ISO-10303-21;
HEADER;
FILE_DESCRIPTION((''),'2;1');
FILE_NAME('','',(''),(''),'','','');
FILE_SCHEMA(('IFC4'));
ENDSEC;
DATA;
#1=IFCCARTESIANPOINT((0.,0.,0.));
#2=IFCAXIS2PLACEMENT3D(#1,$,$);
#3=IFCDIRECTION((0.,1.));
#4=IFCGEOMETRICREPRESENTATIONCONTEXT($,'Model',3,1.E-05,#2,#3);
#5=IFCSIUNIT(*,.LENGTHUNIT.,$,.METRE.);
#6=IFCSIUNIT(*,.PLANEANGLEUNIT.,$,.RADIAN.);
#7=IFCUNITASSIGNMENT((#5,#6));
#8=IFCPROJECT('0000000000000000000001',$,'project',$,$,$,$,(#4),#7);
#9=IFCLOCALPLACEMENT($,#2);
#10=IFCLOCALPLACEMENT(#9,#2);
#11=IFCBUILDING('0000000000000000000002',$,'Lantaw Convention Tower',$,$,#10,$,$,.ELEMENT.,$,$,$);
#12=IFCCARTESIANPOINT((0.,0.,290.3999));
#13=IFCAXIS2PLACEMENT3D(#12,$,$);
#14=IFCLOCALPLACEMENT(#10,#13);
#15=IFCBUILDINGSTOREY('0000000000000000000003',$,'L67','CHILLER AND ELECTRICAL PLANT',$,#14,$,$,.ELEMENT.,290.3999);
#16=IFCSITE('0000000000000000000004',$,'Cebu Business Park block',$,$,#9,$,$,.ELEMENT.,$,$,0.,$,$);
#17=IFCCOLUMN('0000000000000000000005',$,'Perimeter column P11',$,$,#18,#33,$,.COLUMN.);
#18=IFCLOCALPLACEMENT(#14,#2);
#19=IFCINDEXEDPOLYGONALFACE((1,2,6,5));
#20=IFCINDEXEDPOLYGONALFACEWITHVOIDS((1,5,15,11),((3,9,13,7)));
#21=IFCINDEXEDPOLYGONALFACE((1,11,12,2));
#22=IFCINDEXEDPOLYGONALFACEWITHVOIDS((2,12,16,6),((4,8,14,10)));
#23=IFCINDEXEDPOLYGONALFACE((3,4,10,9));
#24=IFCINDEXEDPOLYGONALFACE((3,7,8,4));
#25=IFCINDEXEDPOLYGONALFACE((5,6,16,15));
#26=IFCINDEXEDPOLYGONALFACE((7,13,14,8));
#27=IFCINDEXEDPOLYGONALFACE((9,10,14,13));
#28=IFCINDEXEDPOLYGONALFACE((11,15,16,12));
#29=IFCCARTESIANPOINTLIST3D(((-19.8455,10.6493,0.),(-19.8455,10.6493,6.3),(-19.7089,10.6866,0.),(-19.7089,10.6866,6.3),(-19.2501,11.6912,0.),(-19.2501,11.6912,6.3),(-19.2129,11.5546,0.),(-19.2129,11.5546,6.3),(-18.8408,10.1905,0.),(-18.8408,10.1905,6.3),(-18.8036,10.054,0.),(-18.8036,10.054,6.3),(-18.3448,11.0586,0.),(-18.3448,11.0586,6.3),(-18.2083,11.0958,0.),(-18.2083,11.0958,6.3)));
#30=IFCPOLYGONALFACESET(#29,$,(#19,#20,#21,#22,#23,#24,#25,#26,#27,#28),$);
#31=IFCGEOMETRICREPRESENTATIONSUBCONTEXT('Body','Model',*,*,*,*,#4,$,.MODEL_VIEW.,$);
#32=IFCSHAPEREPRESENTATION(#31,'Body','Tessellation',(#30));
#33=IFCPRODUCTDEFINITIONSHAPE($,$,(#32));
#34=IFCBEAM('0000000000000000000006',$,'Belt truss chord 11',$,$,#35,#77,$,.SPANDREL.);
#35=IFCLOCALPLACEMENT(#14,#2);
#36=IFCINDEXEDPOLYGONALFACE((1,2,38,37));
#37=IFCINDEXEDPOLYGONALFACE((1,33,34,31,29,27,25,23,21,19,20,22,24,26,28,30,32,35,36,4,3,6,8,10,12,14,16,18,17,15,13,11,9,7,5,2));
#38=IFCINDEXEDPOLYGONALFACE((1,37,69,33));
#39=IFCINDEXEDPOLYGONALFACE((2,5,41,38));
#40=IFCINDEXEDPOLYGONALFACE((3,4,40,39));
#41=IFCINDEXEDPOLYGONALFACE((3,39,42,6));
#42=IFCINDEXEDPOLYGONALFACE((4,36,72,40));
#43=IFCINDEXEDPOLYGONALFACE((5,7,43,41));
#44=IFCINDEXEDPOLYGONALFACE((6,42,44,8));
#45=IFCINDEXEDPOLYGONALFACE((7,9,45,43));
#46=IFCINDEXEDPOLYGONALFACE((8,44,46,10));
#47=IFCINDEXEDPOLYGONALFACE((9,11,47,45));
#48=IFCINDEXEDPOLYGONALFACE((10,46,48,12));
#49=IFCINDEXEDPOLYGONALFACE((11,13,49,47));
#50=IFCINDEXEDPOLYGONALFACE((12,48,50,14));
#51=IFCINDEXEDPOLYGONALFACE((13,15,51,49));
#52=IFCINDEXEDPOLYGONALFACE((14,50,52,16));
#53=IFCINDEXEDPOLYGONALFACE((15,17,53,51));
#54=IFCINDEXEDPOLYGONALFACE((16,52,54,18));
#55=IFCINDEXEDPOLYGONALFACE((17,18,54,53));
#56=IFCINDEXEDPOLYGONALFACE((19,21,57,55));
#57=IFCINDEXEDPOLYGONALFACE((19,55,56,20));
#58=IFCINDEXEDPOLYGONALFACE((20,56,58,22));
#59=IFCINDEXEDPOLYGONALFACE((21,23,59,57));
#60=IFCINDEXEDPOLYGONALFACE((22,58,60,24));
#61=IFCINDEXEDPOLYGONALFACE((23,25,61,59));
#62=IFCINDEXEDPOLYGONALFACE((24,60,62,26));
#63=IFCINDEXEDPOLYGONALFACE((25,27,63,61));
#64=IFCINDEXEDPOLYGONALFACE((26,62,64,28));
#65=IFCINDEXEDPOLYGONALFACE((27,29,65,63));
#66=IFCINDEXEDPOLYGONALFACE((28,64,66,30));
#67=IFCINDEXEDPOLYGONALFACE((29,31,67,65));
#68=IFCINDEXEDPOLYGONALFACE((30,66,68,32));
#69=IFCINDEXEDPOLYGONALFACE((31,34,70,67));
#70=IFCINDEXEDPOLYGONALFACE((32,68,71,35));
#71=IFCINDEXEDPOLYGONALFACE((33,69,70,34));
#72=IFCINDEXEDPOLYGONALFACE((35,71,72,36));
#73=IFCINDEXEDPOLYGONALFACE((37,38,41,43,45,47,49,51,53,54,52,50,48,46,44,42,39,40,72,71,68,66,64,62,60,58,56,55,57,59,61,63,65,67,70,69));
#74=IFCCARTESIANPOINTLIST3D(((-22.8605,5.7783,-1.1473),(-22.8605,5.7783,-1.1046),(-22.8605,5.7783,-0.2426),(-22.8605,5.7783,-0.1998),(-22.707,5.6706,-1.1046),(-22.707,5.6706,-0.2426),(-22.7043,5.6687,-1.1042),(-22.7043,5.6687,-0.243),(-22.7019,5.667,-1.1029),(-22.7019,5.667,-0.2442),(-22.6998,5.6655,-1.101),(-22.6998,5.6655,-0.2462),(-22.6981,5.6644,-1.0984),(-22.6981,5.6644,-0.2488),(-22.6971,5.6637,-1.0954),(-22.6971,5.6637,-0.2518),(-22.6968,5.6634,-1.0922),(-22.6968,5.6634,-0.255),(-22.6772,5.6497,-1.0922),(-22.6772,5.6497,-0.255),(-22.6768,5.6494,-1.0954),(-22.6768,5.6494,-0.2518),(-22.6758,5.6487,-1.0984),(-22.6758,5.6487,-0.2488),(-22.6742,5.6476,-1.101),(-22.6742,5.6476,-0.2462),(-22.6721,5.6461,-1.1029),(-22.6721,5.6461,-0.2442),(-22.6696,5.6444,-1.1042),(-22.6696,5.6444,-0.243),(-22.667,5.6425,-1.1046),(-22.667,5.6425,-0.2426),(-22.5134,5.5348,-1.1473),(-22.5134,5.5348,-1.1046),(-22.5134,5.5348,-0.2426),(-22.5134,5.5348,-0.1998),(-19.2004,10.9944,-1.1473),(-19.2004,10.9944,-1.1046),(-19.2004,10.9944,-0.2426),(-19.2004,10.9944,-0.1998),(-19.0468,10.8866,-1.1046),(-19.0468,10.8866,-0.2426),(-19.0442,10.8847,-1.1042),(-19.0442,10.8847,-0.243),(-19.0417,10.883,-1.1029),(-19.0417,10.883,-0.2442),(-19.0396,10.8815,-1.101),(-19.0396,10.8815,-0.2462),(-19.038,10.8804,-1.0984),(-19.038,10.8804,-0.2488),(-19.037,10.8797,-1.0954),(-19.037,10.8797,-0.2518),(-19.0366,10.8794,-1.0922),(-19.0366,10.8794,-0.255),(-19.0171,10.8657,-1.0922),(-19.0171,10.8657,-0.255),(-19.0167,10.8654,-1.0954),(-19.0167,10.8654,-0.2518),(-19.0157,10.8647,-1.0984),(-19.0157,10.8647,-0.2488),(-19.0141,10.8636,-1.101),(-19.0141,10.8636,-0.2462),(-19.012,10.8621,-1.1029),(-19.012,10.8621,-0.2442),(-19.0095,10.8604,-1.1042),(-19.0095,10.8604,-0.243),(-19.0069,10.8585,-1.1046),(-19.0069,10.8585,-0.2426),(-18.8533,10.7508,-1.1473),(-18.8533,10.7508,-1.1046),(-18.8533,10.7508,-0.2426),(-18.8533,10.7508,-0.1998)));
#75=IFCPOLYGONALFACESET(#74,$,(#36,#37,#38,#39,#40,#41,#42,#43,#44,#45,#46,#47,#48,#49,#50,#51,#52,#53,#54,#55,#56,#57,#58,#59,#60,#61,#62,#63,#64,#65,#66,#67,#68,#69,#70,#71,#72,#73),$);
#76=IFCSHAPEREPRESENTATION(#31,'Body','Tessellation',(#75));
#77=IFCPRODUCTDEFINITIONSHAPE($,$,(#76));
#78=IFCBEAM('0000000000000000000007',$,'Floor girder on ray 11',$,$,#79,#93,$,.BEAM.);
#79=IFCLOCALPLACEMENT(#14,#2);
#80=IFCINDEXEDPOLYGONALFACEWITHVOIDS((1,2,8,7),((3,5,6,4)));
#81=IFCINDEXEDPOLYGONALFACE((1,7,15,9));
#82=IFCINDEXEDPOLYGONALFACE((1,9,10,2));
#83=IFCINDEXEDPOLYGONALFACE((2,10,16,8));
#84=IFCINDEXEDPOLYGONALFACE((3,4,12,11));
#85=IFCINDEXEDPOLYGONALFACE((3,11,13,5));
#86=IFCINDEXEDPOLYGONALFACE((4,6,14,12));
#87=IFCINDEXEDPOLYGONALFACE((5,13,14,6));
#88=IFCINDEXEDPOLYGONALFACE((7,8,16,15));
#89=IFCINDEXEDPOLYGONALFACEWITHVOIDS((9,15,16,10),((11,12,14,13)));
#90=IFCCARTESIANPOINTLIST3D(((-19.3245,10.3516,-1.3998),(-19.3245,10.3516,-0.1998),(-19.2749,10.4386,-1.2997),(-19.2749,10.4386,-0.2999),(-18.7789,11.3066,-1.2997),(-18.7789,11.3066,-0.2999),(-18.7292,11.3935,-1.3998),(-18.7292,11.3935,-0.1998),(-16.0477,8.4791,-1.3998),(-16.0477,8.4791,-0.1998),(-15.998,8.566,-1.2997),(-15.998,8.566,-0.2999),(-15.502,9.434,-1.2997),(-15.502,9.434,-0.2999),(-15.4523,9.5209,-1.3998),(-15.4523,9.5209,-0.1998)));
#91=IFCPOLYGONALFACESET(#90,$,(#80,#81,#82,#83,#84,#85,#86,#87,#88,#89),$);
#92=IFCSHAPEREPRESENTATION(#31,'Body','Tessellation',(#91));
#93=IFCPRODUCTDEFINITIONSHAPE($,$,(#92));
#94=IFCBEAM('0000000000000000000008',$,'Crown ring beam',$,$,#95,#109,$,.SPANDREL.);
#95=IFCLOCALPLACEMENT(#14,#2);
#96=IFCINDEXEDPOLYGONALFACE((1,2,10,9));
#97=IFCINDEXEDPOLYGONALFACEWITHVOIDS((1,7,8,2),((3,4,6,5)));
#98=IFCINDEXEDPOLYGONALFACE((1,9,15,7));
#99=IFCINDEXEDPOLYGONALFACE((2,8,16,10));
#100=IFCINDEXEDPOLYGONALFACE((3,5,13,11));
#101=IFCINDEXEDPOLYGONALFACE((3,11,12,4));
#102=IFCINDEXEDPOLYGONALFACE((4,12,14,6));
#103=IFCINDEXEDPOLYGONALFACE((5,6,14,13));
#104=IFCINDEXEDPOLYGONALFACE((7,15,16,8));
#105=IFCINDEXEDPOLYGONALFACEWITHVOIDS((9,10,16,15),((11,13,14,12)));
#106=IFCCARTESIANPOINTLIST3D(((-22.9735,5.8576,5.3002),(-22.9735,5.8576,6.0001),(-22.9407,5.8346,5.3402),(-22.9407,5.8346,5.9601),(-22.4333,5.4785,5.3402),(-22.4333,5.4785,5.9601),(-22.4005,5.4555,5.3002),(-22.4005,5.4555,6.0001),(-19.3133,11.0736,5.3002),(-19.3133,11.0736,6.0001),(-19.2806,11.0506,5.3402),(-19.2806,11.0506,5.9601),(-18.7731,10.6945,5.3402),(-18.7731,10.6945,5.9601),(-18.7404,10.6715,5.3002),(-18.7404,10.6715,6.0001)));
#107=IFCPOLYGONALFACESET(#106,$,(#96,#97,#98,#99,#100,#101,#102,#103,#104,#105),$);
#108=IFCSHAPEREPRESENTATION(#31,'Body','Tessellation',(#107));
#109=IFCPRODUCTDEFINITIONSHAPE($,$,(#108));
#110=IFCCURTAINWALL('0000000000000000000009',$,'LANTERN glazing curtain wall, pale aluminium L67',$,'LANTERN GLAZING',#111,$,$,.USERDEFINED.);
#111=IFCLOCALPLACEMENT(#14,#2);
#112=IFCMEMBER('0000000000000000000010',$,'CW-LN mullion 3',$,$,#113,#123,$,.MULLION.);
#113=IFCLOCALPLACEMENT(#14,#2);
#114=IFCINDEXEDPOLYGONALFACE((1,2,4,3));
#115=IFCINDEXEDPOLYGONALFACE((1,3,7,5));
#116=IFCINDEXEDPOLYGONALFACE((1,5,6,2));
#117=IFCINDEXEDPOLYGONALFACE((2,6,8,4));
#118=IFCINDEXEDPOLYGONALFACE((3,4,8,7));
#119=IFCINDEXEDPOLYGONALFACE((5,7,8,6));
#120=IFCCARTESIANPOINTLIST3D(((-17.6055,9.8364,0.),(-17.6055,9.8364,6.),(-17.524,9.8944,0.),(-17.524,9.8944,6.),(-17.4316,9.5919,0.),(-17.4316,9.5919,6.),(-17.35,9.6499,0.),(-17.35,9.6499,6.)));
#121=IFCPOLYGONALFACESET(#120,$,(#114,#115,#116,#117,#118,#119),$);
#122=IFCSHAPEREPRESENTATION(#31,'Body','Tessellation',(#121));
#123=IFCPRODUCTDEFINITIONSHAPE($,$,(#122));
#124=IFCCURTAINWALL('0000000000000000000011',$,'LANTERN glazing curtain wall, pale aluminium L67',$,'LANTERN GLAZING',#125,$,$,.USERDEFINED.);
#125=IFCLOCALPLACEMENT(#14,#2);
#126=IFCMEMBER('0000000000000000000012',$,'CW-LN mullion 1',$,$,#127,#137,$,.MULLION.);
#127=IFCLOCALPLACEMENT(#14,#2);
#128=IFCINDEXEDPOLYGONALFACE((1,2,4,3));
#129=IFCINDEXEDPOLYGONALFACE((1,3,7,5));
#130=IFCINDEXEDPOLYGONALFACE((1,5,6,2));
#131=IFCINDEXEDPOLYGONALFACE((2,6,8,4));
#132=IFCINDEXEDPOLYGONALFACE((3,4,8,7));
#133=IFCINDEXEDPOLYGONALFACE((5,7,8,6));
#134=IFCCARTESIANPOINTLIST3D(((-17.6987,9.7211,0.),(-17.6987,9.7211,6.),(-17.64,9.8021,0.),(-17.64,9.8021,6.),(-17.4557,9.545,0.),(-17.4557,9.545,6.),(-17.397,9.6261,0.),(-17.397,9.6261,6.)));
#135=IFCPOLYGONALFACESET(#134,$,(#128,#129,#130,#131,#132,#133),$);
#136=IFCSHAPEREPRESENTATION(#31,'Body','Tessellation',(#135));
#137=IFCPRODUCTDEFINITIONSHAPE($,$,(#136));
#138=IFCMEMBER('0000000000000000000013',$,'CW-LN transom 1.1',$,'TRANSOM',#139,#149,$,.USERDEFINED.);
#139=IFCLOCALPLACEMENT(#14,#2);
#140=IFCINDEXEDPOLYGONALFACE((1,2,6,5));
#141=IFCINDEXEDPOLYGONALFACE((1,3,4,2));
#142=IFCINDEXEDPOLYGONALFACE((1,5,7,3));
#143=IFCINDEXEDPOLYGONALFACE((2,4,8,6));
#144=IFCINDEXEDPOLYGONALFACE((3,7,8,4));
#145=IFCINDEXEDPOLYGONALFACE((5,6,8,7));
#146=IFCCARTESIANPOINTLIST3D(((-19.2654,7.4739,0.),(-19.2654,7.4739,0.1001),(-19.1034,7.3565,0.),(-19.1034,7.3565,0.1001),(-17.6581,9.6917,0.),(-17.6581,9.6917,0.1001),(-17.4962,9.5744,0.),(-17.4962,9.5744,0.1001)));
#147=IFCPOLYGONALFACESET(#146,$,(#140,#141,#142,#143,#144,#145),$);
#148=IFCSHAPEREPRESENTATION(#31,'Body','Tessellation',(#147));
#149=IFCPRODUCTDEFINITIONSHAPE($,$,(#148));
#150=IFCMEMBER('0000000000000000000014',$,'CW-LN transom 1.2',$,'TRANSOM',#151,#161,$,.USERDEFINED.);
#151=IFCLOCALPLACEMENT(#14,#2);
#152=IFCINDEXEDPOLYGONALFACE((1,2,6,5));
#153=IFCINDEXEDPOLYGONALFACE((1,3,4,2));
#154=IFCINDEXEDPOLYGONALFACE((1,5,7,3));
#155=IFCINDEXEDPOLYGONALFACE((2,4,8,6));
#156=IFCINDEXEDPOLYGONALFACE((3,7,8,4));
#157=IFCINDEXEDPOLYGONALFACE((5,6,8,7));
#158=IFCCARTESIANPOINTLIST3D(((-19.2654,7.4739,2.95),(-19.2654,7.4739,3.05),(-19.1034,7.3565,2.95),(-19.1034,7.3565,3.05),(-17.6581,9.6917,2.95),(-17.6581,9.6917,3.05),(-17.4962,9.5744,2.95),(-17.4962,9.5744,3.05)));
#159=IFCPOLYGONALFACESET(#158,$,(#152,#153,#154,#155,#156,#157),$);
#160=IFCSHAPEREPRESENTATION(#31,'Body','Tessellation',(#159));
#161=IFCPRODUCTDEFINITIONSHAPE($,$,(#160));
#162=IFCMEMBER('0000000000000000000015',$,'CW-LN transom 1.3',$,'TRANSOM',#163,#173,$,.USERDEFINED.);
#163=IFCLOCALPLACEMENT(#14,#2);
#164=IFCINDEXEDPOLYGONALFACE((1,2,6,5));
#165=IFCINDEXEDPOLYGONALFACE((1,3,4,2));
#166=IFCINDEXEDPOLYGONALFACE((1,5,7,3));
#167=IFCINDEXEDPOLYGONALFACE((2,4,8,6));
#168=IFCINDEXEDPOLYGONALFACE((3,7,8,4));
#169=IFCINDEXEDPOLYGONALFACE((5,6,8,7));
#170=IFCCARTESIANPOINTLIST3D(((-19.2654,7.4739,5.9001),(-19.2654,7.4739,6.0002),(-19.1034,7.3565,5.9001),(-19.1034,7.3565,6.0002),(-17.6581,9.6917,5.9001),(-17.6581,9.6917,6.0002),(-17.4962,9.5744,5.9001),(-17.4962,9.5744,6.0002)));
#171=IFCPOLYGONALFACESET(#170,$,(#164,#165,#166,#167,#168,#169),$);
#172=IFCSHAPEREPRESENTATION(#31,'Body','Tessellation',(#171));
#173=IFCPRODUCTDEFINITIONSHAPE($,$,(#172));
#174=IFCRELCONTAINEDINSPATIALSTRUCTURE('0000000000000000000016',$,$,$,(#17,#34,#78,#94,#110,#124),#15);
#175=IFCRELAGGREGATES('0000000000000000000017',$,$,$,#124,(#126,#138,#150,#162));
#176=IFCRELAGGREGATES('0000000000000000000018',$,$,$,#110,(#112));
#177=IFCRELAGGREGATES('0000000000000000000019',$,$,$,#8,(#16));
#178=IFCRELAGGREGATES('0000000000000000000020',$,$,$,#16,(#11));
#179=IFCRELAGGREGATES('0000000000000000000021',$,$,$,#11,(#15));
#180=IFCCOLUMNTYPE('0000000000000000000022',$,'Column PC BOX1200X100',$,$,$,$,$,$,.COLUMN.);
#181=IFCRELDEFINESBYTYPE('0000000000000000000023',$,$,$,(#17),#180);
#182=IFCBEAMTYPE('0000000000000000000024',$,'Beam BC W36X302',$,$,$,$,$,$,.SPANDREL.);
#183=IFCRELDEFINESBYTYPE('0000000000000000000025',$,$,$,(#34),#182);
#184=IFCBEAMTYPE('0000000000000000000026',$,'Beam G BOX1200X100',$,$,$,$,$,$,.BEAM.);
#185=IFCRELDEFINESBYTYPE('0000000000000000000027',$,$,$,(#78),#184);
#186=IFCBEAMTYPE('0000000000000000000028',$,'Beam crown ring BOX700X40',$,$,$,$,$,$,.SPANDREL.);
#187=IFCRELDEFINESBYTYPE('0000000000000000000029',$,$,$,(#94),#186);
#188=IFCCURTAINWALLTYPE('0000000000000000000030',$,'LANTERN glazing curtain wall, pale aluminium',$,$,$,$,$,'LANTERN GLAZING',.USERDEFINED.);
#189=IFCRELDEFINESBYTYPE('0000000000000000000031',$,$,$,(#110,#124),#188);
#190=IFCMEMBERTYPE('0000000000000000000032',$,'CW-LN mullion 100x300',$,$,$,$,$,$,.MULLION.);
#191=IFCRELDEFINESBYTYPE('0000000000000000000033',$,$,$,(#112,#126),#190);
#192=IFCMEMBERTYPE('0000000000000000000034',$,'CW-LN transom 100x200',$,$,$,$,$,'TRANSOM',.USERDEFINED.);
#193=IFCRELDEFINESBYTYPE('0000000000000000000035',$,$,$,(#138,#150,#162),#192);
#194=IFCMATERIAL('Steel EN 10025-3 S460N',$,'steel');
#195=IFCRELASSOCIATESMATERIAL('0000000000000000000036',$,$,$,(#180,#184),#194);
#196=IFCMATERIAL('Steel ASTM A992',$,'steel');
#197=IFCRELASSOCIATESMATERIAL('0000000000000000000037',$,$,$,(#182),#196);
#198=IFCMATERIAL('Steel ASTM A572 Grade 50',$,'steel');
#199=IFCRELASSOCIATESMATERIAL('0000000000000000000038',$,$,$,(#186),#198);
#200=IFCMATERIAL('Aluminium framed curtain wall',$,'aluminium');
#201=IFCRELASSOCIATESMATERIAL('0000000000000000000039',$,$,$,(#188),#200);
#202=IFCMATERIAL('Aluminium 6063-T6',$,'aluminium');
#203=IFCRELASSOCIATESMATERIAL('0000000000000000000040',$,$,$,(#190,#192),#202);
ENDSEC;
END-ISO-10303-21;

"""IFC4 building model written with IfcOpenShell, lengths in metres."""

from ifc_helpers import new_model, si_unit, direction, frame, origin, origin_2d, place, context, subcontext, project, spatial, rectangle, hollow_rectangle, i_section, extrude, material, material_profile, profile_set, type_object, element, aggregate, save


model = new_model("IFC4")

# Units and contexts
model_context = context("Model", 3, precision=1e-05, world=origin(), true_north=direction((0.0, 1.0)))
body_context = subcontext(model_context, "Body", "Model", "MODEL_VIEW")
ifc_project = project(units=[si_unit("LENGTHUNIT", "METRE"), si_unit("PLANEANGLEUNIT", "RADIAN")], contexts=[model_context])

# Site, building, storey
site_placement = place(None, origin())
site = spatial("IfcSite", under=ifc_project, at=site_placement, Name="Cebu Business Park block", CompositionType="ELEMENT", RefElevation=0.0)
building_placement = place(site_placement, origin())
building = spatial("IfcBuilding", under=site, at=building_placement, Name="Lantaw Convention Tower", CompositionType="ELEMENT")
storey_placement = place(building_placement, frame((0.0, 0.0, 290.3999)))
storey = spatial("IfcBuildingStorey", under=building, at=storey_placement, Name="L67", Description="CHILLER AND ELECTRICAL PLANT", CompositionType="ELEMENT", Elevation=290.3999)

# Column
ifc_material_1 = material(Name="Steel EN 10025-3 S460N", Category="steel")
ifc_material_profile_1 = material_profile(ifc_material_1, hollow_rectangle(XDim=1.2, YDim=1.2, WallThickness=0.1001, at=origin_2d()), Name="BOX1200X100")
ifc_material_2 = material(Name="Concrete C60/75", Category="concrete")
ifc_material_profile_2 = material_profile(ifc_material_2, rectangle(XDim=1.0, YDim=1.0, at=origin_2d()), Name="Concrete fill of BOX1200X100")
ifc_profile_set_1 = profile_set([ifc_material_profile_1, ifc_material_profile_2], Name="Steel EN 10025-3 S460N")
column_type = type_object("IfcColumnType", Name="Column PC BOX1200X100", PredefinedType="COLUMN", material=ifc_profile_set_1)
column_placement = place(storey_placement, frame((-19.0269, 10.8726, 0.0), z_axis=(0.0, 0.0, 1.0), x_axis=(0.496139, 0.868243, 0.0)))
element("IfcColumn", 1, at=column_placement, inside=storey, type_object=column_type, Name="Perimeter column P11", PredefinedType="COLUMN", context=body_context, shape_type="SweptSolid", body=[
    extrude(hollow_rectangle(XDim=1.2, YDim=1.2, WallThickness=0.1001, at=origin_2d()), origin(), (0.0, 0.0, 1.0), 6.3),
])

# Beams
ifc_material_3 = material(Name="Steel ASTM A992", Category="steel")
ifc_material_profile_3 = material_profile(ifc_material_3, i_section(OverallWidth=0.4241, OverallDepth=0.9475, WebThickness=0.0239, FlangeThickness=0.0427, FilletRadius=0.0125, at=origin_2d()), Name="W36X302")
ifc_profile_set_2 = profile_set([ifc_material_profile_3], Name="Steel ASTM A992")
beam_type_1 = type_object("IfcBeamType", Name="Beam BC W36X302", PredefinedType="SPANDREL", material=ifc_profile_set_2)
beam_1_placement = place(storey_placement, frame((-19.0269, 10.8726, -0.6736), z_axis=(-0.574401, -0.818574, 0.0), x_axis=(0.818574, -0.574401, 0.0)))
element("IfcBeam", 2, at=beam_1_placement, inside=storey, type_object=beam_type_1, Name="Belt truss chord 11", PredefinedType="SPANDREL", context=body_context, shape_type="SweptSolid", body=[
    extrude(i_section(OverallWidth=0.4241, OverallDepth=0.9475, WebThickness=0.0239, FlangeThickness=0.0427, FilletRadius=0.0125, at=origin_2d()), origin(), (0.0, 0.0, 1.0), 6.3721),
])
ifc_material_profile_4 = material_profile(ifc_material_1, hollow_rectangle(XDim=1.2, YDim=1.2, WallThickness=0.1001, at=origin_2d()), Name="BOX1200X100")
ifc_profile_set_3 = profile_set([ifc_material_profile_4], Name="Steel EN 10025-3 S460N")
beam_type_2 = type_object("IfcBeamType", Name="Beam G BOX1200X100", PredefinedType="BEAM", material=ifc_profile_set_3)
beam_2_placement = place(storey_placement, frame((-15.75, 9.0, -0.7998), z_axis=(-0.868235, 0.496153, 0.0), x_axis=(-0.496153, -0.868235, 0.0)))
element("IfcBeam", 3, at=beam_2_placement, inside=storey, type_object=beam_type_2, Name="Floor girder on ray 11", PredefinedType="BEAM", context=body_context, shape_type="SweptSolid", body=[
    extrude(hollow_rectangle(XDim=1.2, YDim=1.2, WallThickness=0.1001, at=origin_2d()), origin(), (0.0, 0.0, 1.0), 3.7742),
])
ifc_material_4 = material(Name="Steel ASTM A572 Grade 50", Category="steel")
ifc_material_profile_5 = material_profile(ifc_material_4, hollow_rectangle(XDim=0.7, YDim=0.7, WallThickness=0.04, at=origin_2d()), Name="BOX700X40")
ifc_profile_set_4 = profile_set([ifc_material_profile_5], Name="Steel ASTM A572 Grade 50")
beam_type_3 = type_object("IfcBeamType", Name="Beam crown ring BOX700X40", PredefinedType="SPANDREL", material=ifc_profile_set_4)
beam_3_placement = place(storey_placement, frame((-19.0269, 10.8726, 5.6501), z_axis=(-0.574401, -0.818574, 0.0), x_axis=(0.818574, -0.574401, 0.0)))
element("IfcBeam", 4, at=beam_3_placement, inside=storey, type_object=beam_type_3, Name="Crown ring beam", PredefinedType="SPANDREL", context=body_context, shape_type="SweptSolid", body=[
    extrude(hollow_rectangle(XDim=0.7, YDim=0.7, WallThickness=0.04, at=origin_2d()), origin(), (0.0, 0.0, 1.0), 6.3721),
])

# Curtain wall, member
ifc_material_5 = material(Name="Aluminium framed curtain wall", Category="aluminium")
curtain_wall_type_1 = type_object("IfcCurtainWallType", Name="LANTERN glazing curtain wall, pale aluminium", ElementType="LANTERN GLAZING", PredefinedType="USERDEFINED", material=ifc_material_5)
curtain_wall_1_placement = place(storey_placement, origin())
curtain_wall_1 = element("IfcCurtainWall", 5, at=curtain_wall_1_placement, inside=storey, type_object=curtain_wall_type_1, Name="LANTERN glazing curtain wall, pale aluminium L67", ObjectType="LANTERN GLAZING", PredefinedType="USERDEFINED")
ifc_material_6 = material(Name="Aluminium 6063-T6", Category="aluminium")
ifc_material_profile_6 = material_profile(ifc_material_6, rectangle(XDim=0.3, YDim=0.1001, at=origin_2d()), Name="CW-LN mullion 100x300")
ifc_profile_set_5 = profile_set([ifc_material_profile_6], Name="Aluminium 6063-T6")
member_type_1 = type_object("IfcMemberType", Name="CW-LN mullion 100x300", PredefinedType="MULLION", material=ifc_profile_set_5)
member_1_placement = place(storey_placement, frame((-17.4778, 9.7432, 0.0), z_axis=(0.0, 0.0, 1.0), x_axis=(0.579684, -0.814841, 0.0)))
member_1 = element("IfcMember", 6, at=member_1_placement, type_object=member_type_1, Name="CW-LN mullion 3", PredefinedType="MULLION", context=body_context, shape_type="SweptSolid", body=[
    extrude(rectangle(XDim=0.3, YDim=0.1001, at=origin_2d()), origin(), (0.0, 0.0, 1.0), 6.0),
])

# Curtain wall, members
curtain_wall_2_placement = place(storey_placement, origin())
curtain_wall_2 = element("IfcCurtainWall", 7, at=curtain_wall_2_placement, inside=storey, type_object=curtain_wall_type_1, Name="LANTERN glazing curtain wall, pale aluminium L67", ObjectType="LANTERN GLAZING", PredefinedType="USERDEFINED")
member_2_placement = place(storey_placement, frame((-17.5479, 9.6736, 0.0), z_axis=(0.0, 0.0, 1.0), x_axis=(0.809742, -0.586786, 0.0)))
member_2 = element("IfcMember", 8, at=member_2_placement, type_object=member_type_1, Name="CW-LN mullion 1", PredefinedType="MULLION", context=body_context, shape_type="SweptSolid", body=[
    extrude(rectangle(XDim=0.3, YDim=0.1001, at=origin_2d()), origin(), (0.0, 0.0, 1.0), 6.0),
])
ifc_material_profile_7 = material_profile(ifc_material_6, rectangle(XDim=0.2, YDim=0.1001, at=origin_2d()), Name="CW-LN transom 100x200")
ifc_profile_set_6 = profile_set([ifc_material_profile_7], Name="Aluminium 6063-T6")
member_type_2 = type_object("IfcMemberType", Name="CW-LN transom 100x200", ElementType="TRANSOM", PredefinedType="USERDEFINED", material=ifc_profile_set_6)
member_3_placement = place(storey_placement, frame((-17.5771, 9.6331, 0.05), z_axis=(-0.586798, -0.809733, 0.0), x_axis=(0.809733, -0.586798, 0.0)))
member_3 = element("IfcMember", 9, at=member_3_placement, type_object=member_type_2, Name="CW-LN transom 1.1", ObjectType="TRANSOM", PredefinedType="USERDEFINED", context=body_context, shape_type="SweptSolid", body=[
    extrude(rectangle(XDim=0.2, YDim=0.1001, at=origin_2d()), origin(), (0.0, 0.0, 1.0), 2.739),
])
member_4_placement = place(storey_placement, frame((-17.5771, 9.6331, 3.0), z_axis=(-0.586798, -0.809733, 0.0), x_axis=(0.809733, -0.586798, 0.0)))
member_4 = element("IfcMember", 10, at=member_4_placement, type_object=member_type_2, Name="CW-LN transom 1.2", ObjectType="TRANSOM", PredefinedType="USERDEFINED", context=body_context, shape_type="SweptSolid", body=[
    extrude(rectangle(XDim=0.2, YDim=0.1001, at=origin_2d()), origin(), (0.0, 0.0, 1.0), 2.739),
])
member_5_placement = place(storey_placement, frame((-17.5771, 9.6331, 5.9502), z_axis=(-0.586798, -0.809733, 0.0), x_axis=(0.809733, -0.586798, 0.0)))
member_5 = element("IfcMember", 11, at=member_5_placement, type_object=member_type_2, Name="CW-LN transom 1.3", ObjectType="TRANSOM", PredefinedType="USERDEFINED", context=body_context, shape_type="SweptSolid", body=[
    extrude(rectangle(XDim=0.2, YDim=0.1001, at=origin_2d()), origin(), (0.0, 0.0, 1.0), 2.739),
])
aggregate(curtain_wall_2, [member_2, member_3, member_4, member_5])

aggregate(curtain_wall_1, [member_1])

save(model, "model.ifc")
